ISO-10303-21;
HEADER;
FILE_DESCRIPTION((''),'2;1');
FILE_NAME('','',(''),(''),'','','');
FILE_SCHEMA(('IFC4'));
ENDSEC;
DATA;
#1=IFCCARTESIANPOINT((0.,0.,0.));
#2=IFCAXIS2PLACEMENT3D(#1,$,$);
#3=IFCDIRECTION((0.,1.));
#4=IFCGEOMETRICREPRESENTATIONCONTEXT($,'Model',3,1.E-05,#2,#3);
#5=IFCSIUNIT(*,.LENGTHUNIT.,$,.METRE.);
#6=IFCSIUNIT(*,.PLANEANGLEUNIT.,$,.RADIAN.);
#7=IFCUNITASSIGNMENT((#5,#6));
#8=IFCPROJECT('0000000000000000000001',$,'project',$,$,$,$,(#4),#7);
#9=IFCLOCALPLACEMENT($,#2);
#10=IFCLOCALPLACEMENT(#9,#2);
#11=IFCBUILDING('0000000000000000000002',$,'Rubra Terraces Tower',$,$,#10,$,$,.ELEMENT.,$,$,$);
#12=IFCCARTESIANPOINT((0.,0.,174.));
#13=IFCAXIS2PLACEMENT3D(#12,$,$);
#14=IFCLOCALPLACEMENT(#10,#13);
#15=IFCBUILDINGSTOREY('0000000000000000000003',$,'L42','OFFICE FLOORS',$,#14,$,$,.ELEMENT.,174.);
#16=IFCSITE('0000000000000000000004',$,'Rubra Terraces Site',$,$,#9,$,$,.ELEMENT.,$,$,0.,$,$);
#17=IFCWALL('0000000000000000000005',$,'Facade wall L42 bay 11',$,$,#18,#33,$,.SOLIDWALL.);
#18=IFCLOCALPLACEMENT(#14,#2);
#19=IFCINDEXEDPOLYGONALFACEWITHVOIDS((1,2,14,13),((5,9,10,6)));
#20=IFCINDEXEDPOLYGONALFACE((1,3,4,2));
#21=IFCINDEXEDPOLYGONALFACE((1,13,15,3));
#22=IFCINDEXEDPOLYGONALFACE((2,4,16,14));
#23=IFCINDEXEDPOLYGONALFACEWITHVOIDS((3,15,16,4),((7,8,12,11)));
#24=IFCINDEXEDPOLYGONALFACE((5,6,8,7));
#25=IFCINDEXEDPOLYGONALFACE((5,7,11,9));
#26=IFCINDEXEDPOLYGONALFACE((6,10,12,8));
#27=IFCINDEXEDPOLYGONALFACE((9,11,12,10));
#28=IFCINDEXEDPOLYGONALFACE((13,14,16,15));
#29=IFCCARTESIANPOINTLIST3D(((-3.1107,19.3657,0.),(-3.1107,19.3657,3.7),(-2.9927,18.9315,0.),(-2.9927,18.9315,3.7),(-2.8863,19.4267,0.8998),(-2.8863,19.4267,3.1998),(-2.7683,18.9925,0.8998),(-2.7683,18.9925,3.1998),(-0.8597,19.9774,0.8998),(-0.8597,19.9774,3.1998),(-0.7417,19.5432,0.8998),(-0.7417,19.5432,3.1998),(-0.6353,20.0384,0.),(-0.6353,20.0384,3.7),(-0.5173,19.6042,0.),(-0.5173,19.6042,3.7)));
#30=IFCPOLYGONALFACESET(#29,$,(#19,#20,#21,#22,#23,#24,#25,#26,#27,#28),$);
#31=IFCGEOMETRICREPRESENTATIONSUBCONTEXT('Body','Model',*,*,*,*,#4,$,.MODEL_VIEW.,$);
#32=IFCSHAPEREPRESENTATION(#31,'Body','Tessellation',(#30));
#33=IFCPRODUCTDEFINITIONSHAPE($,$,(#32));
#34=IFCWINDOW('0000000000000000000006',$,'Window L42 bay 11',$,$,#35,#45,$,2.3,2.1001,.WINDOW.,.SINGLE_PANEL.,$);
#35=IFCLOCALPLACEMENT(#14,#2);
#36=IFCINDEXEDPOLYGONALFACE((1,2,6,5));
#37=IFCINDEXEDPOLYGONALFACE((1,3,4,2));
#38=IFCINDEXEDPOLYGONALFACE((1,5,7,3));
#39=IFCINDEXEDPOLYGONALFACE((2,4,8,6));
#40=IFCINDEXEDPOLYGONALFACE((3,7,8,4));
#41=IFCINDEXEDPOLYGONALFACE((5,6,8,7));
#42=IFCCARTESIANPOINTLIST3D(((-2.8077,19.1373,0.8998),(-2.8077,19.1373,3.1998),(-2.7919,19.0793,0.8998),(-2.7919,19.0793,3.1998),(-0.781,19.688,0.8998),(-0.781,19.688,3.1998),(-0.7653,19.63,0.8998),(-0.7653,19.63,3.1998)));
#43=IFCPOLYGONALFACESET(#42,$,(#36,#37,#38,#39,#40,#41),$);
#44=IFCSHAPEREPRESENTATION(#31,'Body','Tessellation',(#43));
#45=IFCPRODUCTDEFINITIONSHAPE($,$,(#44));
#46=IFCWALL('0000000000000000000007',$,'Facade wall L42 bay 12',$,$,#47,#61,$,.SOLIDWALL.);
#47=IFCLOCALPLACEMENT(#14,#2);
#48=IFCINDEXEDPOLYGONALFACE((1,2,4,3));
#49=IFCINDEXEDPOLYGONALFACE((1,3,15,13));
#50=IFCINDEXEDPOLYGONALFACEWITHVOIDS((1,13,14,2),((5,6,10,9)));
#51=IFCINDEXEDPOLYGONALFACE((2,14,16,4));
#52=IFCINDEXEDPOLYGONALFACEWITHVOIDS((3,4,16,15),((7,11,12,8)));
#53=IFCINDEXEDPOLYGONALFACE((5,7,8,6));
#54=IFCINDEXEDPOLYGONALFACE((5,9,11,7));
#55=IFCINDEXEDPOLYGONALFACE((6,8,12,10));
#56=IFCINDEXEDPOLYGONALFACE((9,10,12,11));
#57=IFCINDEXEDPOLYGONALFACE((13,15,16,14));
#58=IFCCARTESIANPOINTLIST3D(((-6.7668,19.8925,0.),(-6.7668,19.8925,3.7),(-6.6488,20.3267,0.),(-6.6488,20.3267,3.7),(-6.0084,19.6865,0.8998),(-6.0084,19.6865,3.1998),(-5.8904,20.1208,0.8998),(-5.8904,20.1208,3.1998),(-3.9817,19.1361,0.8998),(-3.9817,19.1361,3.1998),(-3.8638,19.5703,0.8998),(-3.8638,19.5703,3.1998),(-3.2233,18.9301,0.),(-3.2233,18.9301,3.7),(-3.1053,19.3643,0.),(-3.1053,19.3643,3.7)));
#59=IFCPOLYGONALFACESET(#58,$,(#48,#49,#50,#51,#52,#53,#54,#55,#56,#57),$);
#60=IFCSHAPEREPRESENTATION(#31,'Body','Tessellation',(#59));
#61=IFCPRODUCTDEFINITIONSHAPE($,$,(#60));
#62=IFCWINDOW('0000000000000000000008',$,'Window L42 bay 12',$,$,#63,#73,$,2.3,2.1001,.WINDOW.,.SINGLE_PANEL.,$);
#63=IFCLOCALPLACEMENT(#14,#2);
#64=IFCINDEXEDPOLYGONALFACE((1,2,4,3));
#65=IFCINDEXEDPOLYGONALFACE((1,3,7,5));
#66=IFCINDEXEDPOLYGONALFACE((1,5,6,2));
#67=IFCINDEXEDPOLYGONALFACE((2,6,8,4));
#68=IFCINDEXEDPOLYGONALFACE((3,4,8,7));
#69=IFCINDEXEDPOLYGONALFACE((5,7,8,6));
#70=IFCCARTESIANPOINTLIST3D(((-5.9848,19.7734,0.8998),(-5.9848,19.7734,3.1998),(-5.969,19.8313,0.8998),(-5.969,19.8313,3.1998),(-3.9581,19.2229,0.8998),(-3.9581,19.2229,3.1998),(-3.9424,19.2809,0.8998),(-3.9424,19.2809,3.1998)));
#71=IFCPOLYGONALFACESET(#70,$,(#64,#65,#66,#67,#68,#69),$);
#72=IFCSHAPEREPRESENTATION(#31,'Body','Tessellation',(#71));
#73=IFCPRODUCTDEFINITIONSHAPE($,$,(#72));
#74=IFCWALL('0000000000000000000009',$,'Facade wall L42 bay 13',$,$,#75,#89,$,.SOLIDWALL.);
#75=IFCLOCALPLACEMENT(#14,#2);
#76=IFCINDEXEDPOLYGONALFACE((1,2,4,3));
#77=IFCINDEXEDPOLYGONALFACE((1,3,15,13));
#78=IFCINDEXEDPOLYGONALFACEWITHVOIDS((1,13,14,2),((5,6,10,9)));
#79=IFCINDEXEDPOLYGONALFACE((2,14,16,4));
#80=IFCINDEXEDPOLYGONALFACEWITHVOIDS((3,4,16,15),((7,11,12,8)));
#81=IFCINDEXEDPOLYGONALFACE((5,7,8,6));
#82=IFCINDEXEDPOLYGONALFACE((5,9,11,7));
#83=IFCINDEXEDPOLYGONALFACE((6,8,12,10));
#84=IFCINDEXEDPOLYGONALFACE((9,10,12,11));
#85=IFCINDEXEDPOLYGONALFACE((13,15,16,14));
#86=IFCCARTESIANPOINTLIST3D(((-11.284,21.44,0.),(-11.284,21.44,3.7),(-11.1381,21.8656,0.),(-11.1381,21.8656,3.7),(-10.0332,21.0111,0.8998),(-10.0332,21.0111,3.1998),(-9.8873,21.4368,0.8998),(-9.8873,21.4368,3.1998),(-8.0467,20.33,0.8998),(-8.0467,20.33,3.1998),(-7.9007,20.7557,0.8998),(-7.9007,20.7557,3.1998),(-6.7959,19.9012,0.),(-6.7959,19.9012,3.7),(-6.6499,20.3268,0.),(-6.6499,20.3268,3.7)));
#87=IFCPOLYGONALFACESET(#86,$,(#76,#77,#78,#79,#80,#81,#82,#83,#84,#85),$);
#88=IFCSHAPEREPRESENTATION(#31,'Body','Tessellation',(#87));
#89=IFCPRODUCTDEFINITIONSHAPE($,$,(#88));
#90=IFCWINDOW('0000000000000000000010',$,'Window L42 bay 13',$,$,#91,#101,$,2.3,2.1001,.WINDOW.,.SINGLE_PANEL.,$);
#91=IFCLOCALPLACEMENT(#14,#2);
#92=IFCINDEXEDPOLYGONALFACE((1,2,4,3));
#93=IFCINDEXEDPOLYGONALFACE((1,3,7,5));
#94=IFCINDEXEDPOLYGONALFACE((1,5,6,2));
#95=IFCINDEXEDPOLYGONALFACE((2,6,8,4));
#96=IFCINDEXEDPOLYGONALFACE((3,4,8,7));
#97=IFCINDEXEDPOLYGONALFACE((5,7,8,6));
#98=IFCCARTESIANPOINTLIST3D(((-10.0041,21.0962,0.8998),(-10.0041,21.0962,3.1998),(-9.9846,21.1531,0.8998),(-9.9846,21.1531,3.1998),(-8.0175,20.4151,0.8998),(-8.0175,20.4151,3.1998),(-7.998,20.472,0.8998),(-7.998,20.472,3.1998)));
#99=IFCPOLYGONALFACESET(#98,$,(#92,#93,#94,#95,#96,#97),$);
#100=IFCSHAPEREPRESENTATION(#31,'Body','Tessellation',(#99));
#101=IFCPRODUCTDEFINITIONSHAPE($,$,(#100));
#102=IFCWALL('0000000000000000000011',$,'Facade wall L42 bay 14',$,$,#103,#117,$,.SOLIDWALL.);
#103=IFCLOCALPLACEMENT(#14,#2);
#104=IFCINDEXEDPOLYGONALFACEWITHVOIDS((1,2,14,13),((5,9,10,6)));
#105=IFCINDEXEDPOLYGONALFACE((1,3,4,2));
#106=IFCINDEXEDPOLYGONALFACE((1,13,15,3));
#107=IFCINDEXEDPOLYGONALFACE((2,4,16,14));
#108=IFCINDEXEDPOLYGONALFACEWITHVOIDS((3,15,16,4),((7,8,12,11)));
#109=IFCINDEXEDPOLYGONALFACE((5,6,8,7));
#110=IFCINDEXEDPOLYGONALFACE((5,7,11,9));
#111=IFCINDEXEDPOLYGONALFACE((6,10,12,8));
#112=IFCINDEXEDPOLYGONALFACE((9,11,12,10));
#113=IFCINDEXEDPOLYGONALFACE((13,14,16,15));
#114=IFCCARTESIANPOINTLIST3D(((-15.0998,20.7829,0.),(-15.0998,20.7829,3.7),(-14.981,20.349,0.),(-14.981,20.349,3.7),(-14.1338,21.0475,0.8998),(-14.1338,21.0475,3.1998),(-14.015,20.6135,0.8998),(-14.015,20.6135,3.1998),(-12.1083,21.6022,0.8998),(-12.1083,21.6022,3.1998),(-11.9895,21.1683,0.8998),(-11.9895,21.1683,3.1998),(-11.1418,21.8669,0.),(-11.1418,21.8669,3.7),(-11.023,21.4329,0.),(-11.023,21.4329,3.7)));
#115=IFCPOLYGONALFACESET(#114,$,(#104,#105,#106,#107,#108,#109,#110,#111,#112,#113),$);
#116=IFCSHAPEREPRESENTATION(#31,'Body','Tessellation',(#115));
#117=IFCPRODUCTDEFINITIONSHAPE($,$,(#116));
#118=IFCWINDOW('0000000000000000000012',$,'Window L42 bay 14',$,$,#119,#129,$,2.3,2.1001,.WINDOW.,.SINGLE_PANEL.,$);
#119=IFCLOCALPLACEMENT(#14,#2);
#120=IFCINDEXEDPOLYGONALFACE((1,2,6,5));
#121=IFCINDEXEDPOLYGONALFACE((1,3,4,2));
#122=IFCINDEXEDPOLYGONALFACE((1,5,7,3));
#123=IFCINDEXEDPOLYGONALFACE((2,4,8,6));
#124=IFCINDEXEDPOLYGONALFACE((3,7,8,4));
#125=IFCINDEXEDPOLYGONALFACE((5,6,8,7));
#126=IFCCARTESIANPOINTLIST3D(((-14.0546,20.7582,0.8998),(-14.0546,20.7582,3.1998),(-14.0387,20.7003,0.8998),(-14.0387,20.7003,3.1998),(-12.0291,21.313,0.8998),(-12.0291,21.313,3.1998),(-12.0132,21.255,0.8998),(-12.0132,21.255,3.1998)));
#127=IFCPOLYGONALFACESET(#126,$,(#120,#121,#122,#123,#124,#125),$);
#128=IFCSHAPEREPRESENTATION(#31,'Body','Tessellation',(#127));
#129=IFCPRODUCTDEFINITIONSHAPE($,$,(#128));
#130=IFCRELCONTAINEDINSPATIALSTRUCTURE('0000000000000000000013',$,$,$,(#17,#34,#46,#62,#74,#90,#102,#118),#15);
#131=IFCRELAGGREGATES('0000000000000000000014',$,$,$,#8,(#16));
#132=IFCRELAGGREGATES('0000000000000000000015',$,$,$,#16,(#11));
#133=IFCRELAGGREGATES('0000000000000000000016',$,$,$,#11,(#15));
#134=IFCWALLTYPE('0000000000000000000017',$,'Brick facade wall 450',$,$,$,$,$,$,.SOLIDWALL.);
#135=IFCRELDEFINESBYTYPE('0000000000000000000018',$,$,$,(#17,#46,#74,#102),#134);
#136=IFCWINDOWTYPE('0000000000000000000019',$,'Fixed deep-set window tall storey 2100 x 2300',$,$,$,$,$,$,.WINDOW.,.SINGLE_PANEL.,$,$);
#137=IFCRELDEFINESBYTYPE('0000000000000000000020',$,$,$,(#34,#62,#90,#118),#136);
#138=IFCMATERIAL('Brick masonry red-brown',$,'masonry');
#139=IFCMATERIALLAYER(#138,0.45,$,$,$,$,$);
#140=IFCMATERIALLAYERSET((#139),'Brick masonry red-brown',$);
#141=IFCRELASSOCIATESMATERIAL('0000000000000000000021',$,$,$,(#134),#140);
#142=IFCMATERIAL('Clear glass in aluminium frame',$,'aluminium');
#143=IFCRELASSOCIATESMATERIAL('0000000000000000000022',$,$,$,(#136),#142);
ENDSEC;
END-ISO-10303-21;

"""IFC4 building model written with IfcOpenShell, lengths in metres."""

from ifc_helpers import new_model, si_unit, direction, frame, frame_2d, origin, place, context, subcontext, project, spatial, rectangle, extrude, material, layer, layer_set, type_object, element, fill, save


model = new_model("IFC4")

# Units and contexts
model_context = context("Model", 3, precision=1e-05, world=origin(), true_north=direction((0.0, 1.0)))
body_context = subcontext(model_context, "Body", "Model", "MODEL_VIEW")
ifc_project = project(units=[si_unit("LENGTHUNIT", "METRE"), si_unit("PLANEANGLEUNIT", "RADIAN")], contexts=[model_context])

# Site, building, storey
site_placement = place(None, origin())
site = spatial("IfcSite", under=ifc_project, at=site_placement, Name="Rubra Terraces Site", CompositionType="ELEMENT", RefElevation=0.0)
building_placement = place(site_placement, origin())
building = spatial("IfcBuilding", under=site, at=building_placement, Name="Rubra Terraces Tower", CompositionType="ELEMENT")
storey_placement = place(building_placement, frame((0.0, 0.0, 174.0)))
storey = spatial("IfcBuildingStorey", under=building, at=storey_placement, Name="L42", Description="OFFICE FLOORS", CompositionType="ELEMENT", Elevation=174.0)

# Walls, openings, windows
ifc_material_1 = material(Name="Brick masonry red-brown", Category="masonry")
ifc_layer_1 = layer(ifc_material_1, 0.45)
ifc_layer_set_1 = layer_set([ifc_layer_1], Name="Brick masonry red-brown")
wall_type_1 = type_object("IfcWallType", Name="Brick facade wall 450", PredefinedType="SOLIDWALL", material=ifc_layer_set_1)
wall_1_placement = place(storey_placement, frame((-0.5762, 19.8213, 0.0), z_axis=(0.0, 0.0, 1.0), x_axis=(-0.965009, -0.262215, 0.0)))
wall_1 = element("IfcWall", 1, at=wall_1_placement, inside=storey, type_object=wall_type_1, Name="Facade wall L42 bay 11", PredefinedType="SOLIDWALL", context=body_context, shape_type="SweptSolid", body=[
    extrude(rectangle(XDim=2.5652, YDim=0.45, at=frame_2d((1.2827, 0.0))), origin(), (0.0, 0.0, 1.0), 3.7),
])
opening_1_placement = place(wall_1_placement, frame((0.2327, 0.0, 0.8999)))
opening_1 = element("IfcOpeningElement", 2, at=opening_1_placement, cuts=wall_1, PredefinedType="OPENING", context=body_context, shape_type="SweptSolid", body=[
    extrude(rectangle(XDim=2.1001, YDim=2.3, at=frame_2d((1.05, 1.1499))), frame((0.0, 0.2349, 0.0), z_axis=(0.0, -1.0, 0.0), x_axis=(1.0, 0.0, 0.0)), (0.0, 0.0, 1.0), 0.47),
])
ifc_material_2 = material(Name="Clear glass in aluminium frame", Category="aluminium")
window_type = type_object("IfcWindowType", Name="Fixed deep-set window tall storey 2100 x 2300", PartitioningType="SINGLE_PANEL", PredefinedType="WINDOW", material=ifc_material_2)
window_1_placement = place(opening_1_placement, origin())
window_1 = element("IfcWindow", 3, at=window_1_placement, inside=storey, type_object=window_type, Name="Window L42 bay 11", OverallHeight=2.3, OverallWidth=2.1001, PartitioningType="SINGLE_PANEL", PredefinedType="WINDOW", context=body_context, shape_type="SweptSolid", body=[
    extrude(rectangle(XDim=2.1001, YDim=2.3, at=frame_2d((1.05, 1.1499))), frame((0.0, 0.135, 0.0), z_axis=(0.0, -1.0, 0.0), x_axis=(1.0, 0.0, 0.0)), (0.0, 0.0, 1.0), 0.0601),
])
fill(opening_1, window_1)
wall_2_placement = place(storey_placement, frame((-3.1643, 19.1472, 0.0), z_axis=(0.0, 0.0, 1.0), x_axis=(-0.965039, 0.262105, 0.0)))
wall_2 = element("IfcWall", 4, at=wall_2_placement, inside=storey, type_object=wall_type_1, Name="Facade wall L42 bay 12", PredefinedType="SOLIDWALL", context=body_context, shape_type="SweptSolid", body=[
    extrude(rectangle(XDim=3.6719, YDim=0.45, at=frame_2d((1.8359, 0.0))), origin(), (0.0, 0.0, 1.0), 3.7),
])
opening_2_placement = place(wall_2_placement, frame((0.7859, 0.0, 0.8999)))
opening_2 = element("IfcOpeningElement", 5, at=opening_2_placement, cuts=wall_2, PredefinedType="OPENING", context=body_context, shape_type="SweptSolid", body=[
    extrude(rectangle(XDim=2.1001, YDim=2.3, at=frame_2d((1.05, 1.1499))), frame((0.0, 0.2349, 0.0), z_axis=(0.0, -1.0, 0.0), x_axis=(1.0, 0.0, 0.0)), (0.0, 0.0, 1.0), 0.47),
])
window_2_placement = place(opening_2_placement, origin())
window_2 = element("IfcWindow", 6, at=window_2_placement, inside=storey, type_object=window_type, Name="Window L42 bay 12", OverallHeight=2.3, OverallWidth=2.1001, PartitioningType="SINGLE_PANEL", PredefinedType="WINDOW", context=body_context, shape_type="SweptSolid", body=[
    extrude(rectangle(XDim=2.1001, YDim=2.3, at=frame_2d((1.05, 1.1499))), frame((0.0, 0.135, 0.0), z_axis=(0.0, -1.0, 0.0), x_axis=(1.0, 0.0, 0.0)), (0.0, 0.0, 1.0), 0.0601),
])
fill(opening_2, window_2)
wall_3_placement = place(storey_placement, frame((-6.7229, 20.114, 0.0), z_axis=(0.0, 0.0, 1.0), x_axis=(-0.945947, 0.32432, 0.0)))
wall_3 = element("IfcWall", 7, at=wall_3_placement, inside=storey, type_object=wall_type_1, Name="Facade wall L42 bay 13", PredefinedType="SOLIDWALL", context=body_context, shape_type="SweptSolid", body=[
    extrude(rectangle(XDim=4.7446, YDim=0.45, at=frame_2d((2.3723, 0.0))), origin(), (0.0, 0.0, 1.0), 3.7),
])
opening_3_placement = place(wall_3_placement, frame((1.3223, 0.0, 0.8999)))
opening_3 = element("IfcOpeningElement", 8, at=opening_3_placement, cuts=wall_3, PredefinedType="OPENING", context=body_context, shape_type="SweptSolid", body=[
    extrude(rectangle(XDim=2.1001, YDim=2.3, at=frame_2d((1.05, 1.1499))), frame((0.0, 0.2349, 0.0), z_axis=(0.0, -1.0, 0.0), x_axis=(1.0, 0.0, 0.0)), (0.0, 0.0, 1.0), 0.47),
])
window_3_placement = place(opening_3_placement, origin())
window_3 = element("IfcWindow", 9, at=window_3_placement, inside=storey, type_object=window_type, Name="Window L42 bay 13", OverallHeight=2.3, OverallWidth=2.1001, PartitioningType="SINGLE_PANEL", PredefinedType="WINDOW", context=body_context, shape_type="SweptSolid", body=[
    extrude(rectangle(XDim=2.1001, YDim=2.3, at=frame_2d((1.05, 1.1499))), frame((0.0, 0.135, 0.0), z_axis=(0.0, -1.0, 0.0), x_axis=(1.0, 0.0, 0.0)), (0.0, 0.0, 1.0), 0.0601),
])
fill(opening_3, window_3)
wall_4_placement = place(storey_placement, frame((-11.0825, 21.6499, 0.0), z_axis=(0.0, 0.0, 1.0), x_axis=(-0.964483, -0.264144, 0.0)))
wall_4 = element("IfcWall", 10, at=wall_4_placement, inside=storey, type_object=wall_type_1, Name="Facade wall L42 bay 14", PredefinedType="SOLIDWALL", context=body_context, shape_type="SweptSolid", body=[
    extrude(rectangle(XDim=4.1038, YDim=0.45, at=frame_2d((2.0518, 0.0))), origin(), (0.0, 0.0, 1.0), 3.7),
])
opening_4_placement = place(wall_4_placement, frame((1.002, 0.0, 0.8999)))
opening_4 = element("IfcOpeningElement", 11, at=opening_4_placement, cuts=wall_4, PredefinedType="OPENING", context=body_context, shape_type="SweptSolid", body=[
    extrude(rectangle(XDim=2.1001, YDim=2.3, at=frame_2d((1.05, 1.1499))), frame((0.0, 0.2349, 0.0), z_axis=(0.0, -1.0, 0.0), x_axis=(1.0, 0.0, 0.0)), (0.0, 0.0, 1.0), 0.47),
])
window_4_placement = place(opening_4_placement, origin())
window_4 = element("IfcWindow", 12, at=window_4_placement, inside=storey, type_object=window_type, Name="Window L42 bay 14", OverallHeight=2.3, OverallWidth=2.1001, PartitioningType="SINGLE_PANEL", PredefinedType="WINDOW", context=body_context, shape_type="SweptSolid", body=[
    extrude(rectangle(XDim=2.1001, YDim=2.3, at=frame_2d((1.05, 1.1499))), frame((0.0, 0.135, 0.0), z_axis=(0.0, -1.0, 0.0), x_axis=(1.0, 0.0, 0.0)), (0.0, 0.0, 1.0), 0.0601),
])
fill(opening_4, window_4)

save(model, "model.ifc")
